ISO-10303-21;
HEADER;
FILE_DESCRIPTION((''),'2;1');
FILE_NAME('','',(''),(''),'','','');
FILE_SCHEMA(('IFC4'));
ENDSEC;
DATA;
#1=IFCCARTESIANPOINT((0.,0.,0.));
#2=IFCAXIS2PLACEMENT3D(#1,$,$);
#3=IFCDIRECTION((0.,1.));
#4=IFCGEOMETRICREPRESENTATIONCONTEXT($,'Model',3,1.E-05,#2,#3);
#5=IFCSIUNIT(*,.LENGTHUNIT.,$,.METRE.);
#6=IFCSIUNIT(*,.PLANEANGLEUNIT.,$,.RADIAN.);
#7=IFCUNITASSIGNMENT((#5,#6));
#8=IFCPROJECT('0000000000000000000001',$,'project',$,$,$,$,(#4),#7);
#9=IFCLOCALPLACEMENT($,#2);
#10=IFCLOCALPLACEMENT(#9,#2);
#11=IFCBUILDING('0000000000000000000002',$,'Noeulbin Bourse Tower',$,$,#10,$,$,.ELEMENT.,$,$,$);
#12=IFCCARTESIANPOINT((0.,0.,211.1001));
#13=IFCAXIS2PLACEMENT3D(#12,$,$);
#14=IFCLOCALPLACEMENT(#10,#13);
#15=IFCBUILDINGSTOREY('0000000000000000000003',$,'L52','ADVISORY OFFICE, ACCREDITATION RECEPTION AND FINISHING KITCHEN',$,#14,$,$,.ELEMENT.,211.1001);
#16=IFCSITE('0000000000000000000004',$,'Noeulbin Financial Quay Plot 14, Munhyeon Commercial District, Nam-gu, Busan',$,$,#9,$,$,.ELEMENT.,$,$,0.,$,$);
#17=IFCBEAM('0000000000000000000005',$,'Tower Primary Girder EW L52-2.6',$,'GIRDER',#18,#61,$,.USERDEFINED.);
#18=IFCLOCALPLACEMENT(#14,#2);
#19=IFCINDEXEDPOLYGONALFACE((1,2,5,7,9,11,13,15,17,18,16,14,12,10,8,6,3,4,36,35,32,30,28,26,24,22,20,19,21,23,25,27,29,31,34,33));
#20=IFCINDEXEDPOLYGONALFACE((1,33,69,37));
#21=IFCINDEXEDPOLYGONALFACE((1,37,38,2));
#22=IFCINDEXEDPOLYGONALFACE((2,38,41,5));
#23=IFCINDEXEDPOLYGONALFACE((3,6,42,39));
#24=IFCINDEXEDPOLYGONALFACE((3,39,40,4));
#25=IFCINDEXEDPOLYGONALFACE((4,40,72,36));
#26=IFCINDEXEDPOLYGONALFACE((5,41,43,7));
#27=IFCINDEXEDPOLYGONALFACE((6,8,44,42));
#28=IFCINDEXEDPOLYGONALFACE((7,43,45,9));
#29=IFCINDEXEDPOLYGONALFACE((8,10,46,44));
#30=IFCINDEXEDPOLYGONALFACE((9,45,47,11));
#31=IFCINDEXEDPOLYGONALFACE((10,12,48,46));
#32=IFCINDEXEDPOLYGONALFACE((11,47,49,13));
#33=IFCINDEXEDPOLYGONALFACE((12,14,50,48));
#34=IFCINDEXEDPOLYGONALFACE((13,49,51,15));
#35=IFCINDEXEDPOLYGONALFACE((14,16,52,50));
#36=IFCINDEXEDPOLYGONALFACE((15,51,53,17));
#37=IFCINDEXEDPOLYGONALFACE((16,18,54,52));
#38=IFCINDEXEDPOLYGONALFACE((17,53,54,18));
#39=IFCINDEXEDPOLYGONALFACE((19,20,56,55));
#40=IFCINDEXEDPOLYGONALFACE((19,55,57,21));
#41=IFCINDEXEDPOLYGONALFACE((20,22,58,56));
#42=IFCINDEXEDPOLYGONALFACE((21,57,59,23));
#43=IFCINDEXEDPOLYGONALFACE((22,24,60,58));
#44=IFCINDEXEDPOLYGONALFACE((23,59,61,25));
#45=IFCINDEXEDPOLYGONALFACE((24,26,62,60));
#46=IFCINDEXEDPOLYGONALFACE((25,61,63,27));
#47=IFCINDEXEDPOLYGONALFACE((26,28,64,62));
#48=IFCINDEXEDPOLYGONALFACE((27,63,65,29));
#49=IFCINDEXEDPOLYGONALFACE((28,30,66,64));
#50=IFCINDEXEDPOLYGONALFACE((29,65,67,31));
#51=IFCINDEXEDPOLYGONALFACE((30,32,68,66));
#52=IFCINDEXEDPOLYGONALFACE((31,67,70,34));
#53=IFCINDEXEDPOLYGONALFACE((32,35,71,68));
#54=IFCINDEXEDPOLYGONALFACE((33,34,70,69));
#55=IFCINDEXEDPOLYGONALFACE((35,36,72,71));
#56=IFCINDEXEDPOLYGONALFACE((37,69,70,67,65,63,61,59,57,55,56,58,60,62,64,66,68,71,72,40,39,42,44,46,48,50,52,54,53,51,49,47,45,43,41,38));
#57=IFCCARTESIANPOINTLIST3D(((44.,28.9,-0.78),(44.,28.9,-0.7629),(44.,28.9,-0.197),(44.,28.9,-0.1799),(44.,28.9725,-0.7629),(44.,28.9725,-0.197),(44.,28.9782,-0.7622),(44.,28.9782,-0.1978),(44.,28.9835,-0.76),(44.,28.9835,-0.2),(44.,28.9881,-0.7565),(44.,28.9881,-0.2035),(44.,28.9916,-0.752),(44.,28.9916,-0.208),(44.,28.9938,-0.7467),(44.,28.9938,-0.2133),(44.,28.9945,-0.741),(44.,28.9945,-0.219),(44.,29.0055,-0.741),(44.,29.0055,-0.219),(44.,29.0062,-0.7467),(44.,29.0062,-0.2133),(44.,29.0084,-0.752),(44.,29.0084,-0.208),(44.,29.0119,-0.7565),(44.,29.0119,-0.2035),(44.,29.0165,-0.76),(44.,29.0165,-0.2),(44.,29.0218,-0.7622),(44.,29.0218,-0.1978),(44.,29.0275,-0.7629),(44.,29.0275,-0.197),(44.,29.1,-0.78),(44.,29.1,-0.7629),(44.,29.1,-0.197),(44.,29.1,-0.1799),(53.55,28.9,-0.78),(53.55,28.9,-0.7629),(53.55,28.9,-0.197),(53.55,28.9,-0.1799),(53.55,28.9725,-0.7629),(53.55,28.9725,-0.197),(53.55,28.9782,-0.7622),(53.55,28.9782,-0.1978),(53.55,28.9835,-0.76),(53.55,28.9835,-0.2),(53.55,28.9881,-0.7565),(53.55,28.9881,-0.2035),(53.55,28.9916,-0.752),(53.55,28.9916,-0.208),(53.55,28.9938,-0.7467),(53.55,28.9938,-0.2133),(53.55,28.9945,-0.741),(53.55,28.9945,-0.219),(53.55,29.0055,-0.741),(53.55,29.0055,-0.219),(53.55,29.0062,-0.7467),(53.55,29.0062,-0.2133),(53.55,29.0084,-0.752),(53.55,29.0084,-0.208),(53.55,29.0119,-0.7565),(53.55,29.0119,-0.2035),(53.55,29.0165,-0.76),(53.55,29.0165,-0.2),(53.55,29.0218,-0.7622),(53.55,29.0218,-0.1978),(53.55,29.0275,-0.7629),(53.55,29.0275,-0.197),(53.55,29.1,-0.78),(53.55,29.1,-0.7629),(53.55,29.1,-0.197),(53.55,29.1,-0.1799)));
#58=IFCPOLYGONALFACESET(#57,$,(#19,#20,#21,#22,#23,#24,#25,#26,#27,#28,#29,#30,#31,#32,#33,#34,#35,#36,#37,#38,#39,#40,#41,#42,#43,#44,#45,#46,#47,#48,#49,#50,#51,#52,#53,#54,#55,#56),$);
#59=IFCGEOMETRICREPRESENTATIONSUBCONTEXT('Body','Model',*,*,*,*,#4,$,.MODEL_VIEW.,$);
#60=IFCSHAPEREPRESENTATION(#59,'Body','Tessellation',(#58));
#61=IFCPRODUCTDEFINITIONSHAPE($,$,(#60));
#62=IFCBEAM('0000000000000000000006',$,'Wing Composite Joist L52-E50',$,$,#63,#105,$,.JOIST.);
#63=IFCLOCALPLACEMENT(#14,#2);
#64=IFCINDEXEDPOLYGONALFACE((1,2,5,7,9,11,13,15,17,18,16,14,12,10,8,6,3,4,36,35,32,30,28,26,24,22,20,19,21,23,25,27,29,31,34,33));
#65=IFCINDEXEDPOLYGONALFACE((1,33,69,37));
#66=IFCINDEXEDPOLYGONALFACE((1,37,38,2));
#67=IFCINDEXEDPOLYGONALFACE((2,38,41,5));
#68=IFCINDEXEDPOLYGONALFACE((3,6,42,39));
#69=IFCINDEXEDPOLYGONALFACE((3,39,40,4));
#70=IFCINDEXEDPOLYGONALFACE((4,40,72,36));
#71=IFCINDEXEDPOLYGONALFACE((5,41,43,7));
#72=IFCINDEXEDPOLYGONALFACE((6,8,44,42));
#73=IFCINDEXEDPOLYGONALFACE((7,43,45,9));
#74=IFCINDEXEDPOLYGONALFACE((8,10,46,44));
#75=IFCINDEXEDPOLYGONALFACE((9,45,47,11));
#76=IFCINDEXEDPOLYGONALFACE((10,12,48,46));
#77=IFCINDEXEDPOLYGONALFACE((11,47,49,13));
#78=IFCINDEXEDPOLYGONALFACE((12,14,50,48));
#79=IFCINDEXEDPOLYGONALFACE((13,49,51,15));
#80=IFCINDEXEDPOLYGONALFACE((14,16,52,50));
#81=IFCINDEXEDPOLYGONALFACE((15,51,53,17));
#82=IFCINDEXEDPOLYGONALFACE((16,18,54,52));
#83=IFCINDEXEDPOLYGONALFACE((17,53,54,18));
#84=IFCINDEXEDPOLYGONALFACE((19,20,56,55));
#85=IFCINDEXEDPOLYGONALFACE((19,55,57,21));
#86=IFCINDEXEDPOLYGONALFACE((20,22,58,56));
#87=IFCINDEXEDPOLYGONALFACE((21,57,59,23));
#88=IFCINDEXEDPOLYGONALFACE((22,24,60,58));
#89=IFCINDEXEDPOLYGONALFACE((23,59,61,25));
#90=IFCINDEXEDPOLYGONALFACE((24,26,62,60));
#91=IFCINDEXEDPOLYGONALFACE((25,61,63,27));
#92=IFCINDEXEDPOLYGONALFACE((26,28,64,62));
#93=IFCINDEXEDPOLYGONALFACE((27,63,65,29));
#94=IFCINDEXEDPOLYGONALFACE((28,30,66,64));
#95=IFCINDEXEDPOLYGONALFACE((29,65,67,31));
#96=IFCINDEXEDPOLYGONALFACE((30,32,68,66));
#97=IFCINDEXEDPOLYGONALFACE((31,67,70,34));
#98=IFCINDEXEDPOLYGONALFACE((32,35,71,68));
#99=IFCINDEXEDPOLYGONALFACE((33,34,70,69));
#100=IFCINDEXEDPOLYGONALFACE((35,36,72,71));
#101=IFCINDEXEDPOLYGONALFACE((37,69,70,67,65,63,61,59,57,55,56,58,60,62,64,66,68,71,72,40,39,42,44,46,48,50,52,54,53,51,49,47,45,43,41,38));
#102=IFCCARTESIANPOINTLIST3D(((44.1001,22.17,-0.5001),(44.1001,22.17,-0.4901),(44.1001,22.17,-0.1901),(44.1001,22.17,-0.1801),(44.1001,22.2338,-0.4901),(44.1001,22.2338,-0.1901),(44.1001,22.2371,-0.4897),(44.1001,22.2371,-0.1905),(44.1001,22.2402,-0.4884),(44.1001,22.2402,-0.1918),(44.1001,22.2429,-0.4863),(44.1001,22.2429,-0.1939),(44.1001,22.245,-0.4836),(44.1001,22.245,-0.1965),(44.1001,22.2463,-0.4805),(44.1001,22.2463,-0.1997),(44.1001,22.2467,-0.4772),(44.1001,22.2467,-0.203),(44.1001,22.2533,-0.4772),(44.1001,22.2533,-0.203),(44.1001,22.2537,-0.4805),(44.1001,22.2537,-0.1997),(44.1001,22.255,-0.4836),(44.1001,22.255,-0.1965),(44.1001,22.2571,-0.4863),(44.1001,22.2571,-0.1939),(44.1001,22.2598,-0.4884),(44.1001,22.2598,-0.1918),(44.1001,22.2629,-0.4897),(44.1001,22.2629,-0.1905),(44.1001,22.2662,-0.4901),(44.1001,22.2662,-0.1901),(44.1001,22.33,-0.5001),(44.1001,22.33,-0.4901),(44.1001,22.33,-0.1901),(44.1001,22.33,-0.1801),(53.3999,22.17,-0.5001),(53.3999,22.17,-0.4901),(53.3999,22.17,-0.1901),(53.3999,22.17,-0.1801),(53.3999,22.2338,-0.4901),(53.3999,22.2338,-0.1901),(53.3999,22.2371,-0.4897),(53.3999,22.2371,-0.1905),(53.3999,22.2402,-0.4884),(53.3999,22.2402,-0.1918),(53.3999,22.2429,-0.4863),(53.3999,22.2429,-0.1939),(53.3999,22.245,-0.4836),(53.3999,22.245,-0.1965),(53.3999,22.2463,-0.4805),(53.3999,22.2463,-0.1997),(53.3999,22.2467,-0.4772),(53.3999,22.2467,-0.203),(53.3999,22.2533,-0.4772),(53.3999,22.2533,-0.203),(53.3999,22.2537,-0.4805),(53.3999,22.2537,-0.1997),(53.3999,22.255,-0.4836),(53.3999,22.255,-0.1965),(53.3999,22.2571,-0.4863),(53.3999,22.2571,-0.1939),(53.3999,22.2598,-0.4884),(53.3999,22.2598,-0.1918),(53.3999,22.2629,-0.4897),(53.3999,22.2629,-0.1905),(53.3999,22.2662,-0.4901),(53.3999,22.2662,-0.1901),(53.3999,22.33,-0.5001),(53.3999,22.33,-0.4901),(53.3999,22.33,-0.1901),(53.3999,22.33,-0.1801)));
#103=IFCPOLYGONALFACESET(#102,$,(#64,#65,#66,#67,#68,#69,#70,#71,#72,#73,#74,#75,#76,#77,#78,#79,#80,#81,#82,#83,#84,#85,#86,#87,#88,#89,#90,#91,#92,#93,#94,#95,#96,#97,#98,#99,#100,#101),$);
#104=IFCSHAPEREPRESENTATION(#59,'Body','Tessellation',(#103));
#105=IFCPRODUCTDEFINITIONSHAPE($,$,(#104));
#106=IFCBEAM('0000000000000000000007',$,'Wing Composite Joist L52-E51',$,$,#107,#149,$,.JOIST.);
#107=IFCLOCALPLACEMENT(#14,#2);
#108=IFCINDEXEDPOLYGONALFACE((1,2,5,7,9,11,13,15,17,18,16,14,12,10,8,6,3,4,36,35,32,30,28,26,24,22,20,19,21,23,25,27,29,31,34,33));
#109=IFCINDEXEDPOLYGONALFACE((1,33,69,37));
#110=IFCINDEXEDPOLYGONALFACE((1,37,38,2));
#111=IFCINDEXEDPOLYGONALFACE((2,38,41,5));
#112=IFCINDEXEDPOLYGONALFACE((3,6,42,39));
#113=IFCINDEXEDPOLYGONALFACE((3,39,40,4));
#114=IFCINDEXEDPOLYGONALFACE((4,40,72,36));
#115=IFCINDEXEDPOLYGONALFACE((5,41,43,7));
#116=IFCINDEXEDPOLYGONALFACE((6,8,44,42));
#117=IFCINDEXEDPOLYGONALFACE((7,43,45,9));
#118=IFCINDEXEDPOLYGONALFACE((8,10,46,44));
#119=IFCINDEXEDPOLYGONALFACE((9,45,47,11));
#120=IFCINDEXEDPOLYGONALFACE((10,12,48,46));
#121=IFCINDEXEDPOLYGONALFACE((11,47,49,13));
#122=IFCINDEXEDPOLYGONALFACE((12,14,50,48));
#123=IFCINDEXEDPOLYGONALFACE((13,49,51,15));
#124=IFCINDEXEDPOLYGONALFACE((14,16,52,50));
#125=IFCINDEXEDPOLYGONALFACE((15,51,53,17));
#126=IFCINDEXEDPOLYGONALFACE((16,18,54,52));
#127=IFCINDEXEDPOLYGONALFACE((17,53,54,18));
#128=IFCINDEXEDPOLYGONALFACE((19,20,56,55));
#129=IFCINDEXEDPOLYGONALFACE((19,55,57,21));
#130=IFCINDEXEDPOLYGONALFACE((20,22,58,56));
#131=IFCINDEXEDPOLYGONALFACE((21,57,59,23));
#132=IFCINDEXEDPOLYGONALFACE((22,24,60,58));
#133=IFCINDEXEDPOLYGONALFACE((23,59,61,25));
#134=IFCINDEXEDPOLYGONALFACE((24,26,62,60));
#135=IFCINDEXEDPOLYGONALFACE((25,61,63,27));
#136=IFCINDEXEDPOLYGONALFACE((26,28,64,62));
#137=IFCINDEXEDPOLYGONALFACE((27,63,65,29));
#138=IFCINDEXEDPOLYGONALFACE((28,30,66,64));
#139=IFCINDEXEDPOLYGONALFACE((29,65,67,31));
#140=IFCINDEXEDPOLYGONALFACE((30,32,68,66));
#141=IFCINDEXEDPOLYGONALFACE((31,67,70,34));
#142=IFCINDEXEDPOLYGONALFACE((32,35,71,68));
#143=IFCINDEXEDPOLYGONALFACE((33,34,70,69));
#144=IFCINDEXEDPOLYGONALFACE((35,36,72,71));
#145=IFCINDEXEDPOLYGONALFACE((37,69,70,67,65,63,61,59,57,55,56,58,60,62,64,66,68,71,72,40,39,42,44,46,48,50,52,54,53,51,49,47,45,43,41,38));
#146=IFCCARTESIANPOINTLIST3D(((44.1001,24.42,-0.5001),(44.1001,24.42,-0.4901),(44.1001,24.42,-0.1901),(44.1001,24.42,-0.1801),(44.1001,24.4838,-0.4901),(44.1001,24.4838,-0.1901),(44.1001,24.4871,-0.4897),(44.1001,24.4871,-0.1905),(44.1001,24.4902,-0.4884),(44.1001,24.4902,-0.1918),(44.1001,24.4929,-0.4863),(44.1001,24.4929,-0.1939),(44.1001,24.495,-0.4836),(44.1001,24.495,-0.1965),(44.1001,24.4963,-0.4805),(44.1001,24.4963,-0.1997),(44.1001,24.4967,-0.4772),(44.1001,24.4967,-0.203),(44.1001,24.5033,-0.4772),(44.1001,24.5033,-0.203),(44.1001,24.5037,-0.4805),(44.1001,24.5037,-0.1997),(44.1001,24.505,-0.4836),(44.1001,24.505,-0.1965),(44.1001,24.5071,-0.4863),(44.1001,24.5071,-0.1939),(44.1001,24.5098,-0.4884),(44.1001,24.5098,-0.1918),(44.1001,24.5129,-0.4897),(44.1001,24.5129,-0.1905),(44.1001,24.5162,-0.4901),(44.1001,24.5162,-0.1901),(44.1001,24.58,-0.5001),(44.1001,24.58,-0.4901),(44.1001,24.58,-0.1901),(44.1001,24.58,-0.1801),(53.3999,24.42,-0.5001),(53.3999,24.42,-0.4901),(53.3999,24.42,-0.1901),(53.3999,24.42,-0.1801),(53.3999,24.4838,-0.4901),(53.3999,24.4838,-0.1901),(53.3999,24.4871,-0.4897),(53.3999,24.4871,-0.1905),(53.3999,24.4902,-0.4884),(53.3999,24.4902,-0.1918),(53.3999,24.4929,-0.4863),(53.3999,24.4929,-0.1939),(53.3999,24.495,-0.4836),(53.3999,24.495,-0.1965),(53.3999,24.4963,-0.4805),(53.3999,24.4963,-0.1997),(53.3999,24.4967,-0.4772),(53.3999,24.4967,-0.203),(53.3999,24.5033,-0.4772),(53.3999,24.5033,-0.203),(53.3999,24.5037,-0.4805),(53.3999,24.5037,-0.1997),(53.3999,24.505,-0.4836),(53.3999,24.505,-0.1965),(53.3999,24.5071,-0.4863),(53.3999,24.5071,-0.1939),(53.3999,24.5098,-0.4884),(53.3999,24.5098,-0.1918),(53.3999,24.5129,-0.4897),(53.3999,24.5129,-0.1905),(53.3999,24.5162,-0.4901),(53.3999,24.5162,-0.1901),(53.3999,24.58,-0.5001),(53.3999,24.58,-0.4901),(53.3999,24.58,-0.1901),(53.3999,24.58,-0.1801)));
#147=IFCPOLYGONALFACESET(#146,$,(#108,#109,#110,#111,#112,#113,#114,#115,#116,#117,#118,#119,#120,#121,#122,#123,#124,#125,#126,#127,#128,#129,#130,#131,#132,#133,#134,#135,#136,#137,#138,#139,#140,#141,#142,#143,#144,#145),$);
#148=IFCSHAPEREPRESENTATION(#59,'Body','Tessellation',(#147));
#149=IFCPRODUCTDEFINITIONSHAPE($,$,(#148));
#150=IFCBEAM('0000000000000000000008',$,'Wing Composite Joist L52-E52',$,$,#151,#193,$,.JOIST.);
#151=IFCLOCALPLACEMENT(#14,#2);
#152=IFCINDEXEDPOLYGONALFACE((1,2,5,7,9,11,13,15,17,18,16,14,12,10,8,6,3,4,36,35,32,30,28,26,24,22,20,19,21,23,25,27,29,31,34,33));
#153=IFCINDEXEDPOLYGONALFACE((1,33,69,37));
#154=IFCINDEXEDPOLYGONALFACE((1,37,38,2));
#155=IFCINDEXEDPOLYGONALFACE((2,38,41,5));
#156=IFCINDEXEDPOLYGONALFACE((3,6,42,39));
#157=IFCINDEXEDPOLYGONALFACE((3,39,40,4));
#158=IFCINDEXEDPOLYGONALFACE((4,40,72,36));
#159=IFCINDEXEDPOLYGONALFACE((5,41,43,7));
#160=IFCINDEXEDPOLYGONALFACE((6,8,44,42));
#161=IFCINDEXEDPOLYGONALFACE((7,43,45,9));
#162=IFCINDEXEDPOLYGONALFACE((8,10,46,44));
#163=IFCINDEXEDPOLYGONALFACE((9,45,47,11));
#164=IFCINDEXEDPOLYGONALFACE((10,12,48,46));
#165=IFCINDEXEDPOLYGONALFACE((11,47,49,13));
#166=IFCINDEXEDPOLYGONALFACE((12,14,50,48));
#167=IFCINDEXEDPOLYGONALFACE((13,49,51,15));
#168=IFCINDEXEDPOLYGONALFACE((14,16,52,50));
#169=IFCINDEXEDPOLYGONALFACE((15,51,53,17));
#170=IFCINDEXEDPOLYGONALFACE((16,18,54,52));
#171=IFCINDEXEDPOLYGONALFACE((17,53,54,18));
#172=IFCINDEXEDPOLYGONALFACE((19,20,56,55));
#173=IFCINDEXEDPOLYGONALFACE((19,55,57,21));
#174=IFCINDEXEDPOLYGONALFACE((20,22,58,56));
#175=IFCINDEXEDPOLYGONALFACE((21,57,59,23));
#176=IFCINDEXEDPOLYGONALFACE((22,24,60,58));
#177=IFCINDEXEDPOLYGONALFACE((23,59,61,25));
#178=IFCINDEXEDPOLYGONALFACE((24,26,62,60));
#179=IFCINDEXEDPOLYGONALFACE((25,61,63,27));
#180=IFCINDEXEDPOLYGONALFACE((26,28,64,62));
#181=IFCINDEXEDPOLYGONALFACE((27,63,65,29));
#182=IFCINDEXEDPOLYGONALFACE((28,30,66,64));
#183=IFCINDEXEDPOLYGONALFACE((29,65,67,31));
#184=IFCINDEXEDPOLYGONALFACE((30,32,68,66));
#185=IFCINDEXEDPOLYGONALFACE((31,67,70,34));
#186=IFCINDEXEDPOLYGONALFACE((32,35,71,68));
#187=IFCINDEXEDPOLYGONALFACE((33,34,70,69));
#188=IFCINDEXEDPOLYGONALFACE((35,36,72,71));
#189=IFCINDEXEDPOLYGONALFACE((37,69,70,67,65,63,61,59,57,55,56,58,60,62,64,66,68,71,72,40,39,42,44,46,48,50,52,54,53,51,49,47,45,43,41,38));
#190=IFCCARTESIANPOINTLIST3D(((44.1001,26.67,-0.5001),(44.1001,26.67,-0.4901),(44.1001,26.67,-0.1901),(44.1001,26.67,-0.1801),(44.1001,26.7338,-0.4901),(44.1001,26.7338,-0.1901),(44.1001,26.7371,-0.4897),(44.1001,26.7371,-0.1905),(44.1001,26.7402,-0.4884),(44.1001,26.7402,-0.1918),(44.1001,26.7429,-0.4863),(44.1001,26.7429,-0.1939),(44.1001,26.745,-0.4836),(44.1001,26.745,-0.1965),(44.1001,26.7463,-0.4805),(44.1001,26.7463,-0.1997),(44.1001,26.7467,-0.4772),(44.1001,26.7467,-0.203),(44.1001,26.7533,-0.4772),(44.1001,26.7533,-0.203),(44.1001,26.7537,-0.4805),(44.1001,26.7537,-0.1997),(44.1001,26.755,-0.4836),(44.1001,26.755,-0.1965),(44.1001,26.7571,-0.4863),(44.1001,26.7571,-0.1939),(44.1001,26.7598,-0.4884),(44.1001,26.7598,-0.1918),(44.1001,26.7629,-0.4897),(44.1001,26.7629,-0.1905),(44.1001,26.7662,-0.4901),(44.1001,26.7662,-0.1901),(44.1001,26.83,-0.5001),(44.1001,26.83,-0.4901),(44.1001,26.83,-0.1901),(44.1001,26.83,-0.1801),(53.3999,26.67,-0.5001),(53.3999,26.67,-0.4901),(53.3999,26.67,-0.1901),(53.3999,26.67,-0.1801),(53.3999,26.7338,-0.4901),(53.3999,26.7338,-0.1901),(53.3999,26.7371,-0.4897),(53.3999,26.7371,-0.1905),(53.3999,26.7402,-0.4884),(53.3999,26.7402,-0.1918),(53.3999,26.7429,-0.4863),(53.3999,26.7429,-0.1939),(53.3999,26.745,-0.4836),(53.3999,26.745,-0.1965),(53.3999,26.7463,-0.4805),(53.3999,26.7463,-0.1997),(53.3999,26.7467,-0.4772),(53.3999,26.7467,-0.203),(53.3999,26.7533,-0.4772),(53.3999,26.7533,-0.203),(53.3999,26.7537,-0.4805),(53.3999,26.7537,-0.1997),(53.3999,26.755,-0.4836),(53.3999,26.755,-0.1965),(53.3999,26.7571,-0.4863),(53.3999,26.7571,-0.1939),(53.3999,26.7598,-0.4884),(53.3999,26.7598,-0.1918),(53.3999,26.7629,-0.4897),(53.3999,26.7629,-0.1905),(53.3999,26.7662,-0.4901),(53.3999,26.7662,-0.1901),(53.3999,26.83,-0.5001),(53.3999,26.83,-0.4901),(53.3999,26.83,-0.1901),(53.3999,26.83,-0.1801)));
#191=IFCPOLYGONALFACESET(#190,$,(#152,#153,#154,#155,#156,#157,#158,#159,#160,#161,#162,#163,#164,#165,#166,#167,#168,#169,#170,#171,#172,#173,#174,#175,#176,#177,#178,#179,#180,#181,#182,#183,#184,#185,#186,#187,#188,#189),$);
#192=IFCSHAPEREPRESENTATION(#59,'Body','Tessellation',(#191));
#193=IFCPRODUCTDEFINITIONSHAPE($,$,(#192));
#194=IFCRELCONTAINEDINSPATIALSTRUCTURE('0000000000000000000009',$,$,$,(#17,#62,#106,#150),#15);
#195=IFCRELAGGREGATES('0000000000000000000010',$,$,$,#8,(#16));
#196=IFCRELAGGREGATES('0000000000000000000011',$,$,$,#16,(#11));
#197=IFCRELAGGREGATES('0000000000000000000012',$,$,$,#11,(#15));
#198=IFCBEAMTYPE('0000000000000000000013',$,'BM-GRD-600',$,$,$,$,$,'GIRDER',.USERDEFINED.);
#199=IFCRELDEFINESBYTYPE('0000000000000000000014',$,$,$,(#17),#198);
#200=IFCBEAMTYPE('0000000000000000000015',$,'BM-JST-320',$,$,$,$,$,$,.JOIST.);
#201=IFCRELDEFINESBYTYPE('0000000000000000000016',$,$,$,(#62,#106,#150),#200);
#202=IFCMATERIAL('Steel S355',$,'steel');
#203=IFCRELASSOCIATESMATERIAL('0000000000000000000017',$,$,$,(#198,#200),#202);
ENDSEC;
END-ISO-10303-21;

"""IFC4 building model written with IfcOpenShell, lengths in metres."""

from ifc_helpers import new_model, si_unit, direction, frame, origin, origin_2d, place, context, subcontext, project, spatial, i_section, extrude, material, material_profile, profile_set, type_object, element, save


model = new_model("IFC4")

# Units and contexts
model_context = context("Model", 3, precision=1e-05, world=origin(), true_north=direction((0.0, 1.0)))
body_context = subcontext(model_context, "Body", "Model", "MODEL_VIEW")
ifc_project = project(units=[si_unit("LENGTHUNIT", "METRE"), si_unit("PLANEANGLEUNIT", "RADIAN")], contexts=[model_context])

# Site, building, storey
site_placement = place(None, origin())
site = spatial("IfcSite", under=ifc_project, at=site_placement, Name="Noeulbin Financial Quay Plot 14, Munhyeon Commercial District, Nam-gu, Busan", CompositionType="ELEMENT", RefElevation=0.0)
building_placement = place(site_placement, origin())
building = spatial("IfcBuilding", under=site, at=building_placement, Name="Noeulbin Bourse Tower", CompositionType="ELEMENT")
storey_placement = place(building_placement, frame((0.0, 0.0, 211.1001)))
storey = spatial("IfcBuildingStorey", under=building, at=storey_placement, Name="L52", Description="ADVISORY OFFICE, ACCREDITATION RECEPTION AND FINISHING KITCHEN", CompositionType="ELEMENT", Elevation=211.1001)

# Shared definitions
ifc_material_1 = material(Name="Steel S355", Category="steel")

# Beams
ifc_material_profile_1 = material_profile(ifc_material_1, i_section(OverallWidth=0.2, OverallDepth=0.6001, WebThickness=0.011, FlangeThickness=0.0171, FilletRadius=0.022, at=origin_2d()), Name="H-600x200x11x17", Category="LoadBearing")
ifc_profile_set_1 = profile_set([ifc_material_profile_1], Name="Steel S355")
beam_type_1 = type_object("IfcBeamType", Name="BM-GRD-600", ElementType="GIRDER", PredefinedType="USERDEFINED", material=ifc_profile_set_1)
beam_1_placement = place(storey_placement, frame((44.0, 29.0, -0.48), z_axis=(1.0, 0.0, 0.0), x_axis=(0.0, 1.0, 0.0)))
element("IfcBeam", 1, at=beam_1_placement, inside=storey, type_object=beam_type_1, Name="Tower Primary Girder EW L52-2.6", ObjectType="GIRDER", PredefinedType="USERDEFINED", context=body_context, shape_type="SweptSolid", body=[
    extrude(i_section(OverallWidth=0.2, OverallDepth=0.6001, WebThickness=0.011, FlangeThickness=0.0171, FilletRadius=0.022, at=origin_2d()), origin(), (0.0, 0.0, 1.0), 9.55),
])
ifc_material_profile_2 = material_profile(ifc_material_1, i_section(OverallWidth=0.1599, OverallDepth=0.3201, WebThickness=0.0066, FlangeThickness=0.01, FilletRadius=0.0129, at=origin_2d()), Name="H-320x160x6.5x10", Category="LoadBearing")
ifc_profile_set_2 = profile_set([ifc_material_profile_2], Name="Steel S355")
beam_type_2 = type_object("IfcBeamType", Name="BM-JST-320", PredefinedType="JOIST", material=ifc_profile_set_2)
for number, where, z_axis, x_axis, name in (
    (2, (44.1001, 22.25, -0.3401), (1.0, 0.0, 0.0), (0.0, 1.0, 0.0), "Wing Composite Joist L52-E50"),
    (3, (44.1001, 24.5, -0.3401), (1.0, 0.0, 0.0), (0.0, 1.0, 0.0), "Wing Composite Joist L52-E51"),
    (4, (44.1001, 26.75, -0.3401), (1.0, 0.0, 0.0), (0.0, 1.0, 0.0), "Wing Composite Joist L52-E52"),
):
    element("IfcBeam", number, at=place(storey_placement, frame(where, z_axis=z_axis, x_axis=x_axis)), inside=storey, type_object=beam_type_2, Name=name, PredefinedType="JOIST", context=body_context, shape_type="SweptSolid", body=[
        extrude(i_section(OverallWidth=0.1599, OverallDepth=0.3201, WebThickness=0.0066, FlangeThickness=0.01, FilletRadius=0.0129, at=origin_2d()), origin(), (0.0, 0.0, 1.0), 9.2998),
    ])

save(model, "model.ifc")
